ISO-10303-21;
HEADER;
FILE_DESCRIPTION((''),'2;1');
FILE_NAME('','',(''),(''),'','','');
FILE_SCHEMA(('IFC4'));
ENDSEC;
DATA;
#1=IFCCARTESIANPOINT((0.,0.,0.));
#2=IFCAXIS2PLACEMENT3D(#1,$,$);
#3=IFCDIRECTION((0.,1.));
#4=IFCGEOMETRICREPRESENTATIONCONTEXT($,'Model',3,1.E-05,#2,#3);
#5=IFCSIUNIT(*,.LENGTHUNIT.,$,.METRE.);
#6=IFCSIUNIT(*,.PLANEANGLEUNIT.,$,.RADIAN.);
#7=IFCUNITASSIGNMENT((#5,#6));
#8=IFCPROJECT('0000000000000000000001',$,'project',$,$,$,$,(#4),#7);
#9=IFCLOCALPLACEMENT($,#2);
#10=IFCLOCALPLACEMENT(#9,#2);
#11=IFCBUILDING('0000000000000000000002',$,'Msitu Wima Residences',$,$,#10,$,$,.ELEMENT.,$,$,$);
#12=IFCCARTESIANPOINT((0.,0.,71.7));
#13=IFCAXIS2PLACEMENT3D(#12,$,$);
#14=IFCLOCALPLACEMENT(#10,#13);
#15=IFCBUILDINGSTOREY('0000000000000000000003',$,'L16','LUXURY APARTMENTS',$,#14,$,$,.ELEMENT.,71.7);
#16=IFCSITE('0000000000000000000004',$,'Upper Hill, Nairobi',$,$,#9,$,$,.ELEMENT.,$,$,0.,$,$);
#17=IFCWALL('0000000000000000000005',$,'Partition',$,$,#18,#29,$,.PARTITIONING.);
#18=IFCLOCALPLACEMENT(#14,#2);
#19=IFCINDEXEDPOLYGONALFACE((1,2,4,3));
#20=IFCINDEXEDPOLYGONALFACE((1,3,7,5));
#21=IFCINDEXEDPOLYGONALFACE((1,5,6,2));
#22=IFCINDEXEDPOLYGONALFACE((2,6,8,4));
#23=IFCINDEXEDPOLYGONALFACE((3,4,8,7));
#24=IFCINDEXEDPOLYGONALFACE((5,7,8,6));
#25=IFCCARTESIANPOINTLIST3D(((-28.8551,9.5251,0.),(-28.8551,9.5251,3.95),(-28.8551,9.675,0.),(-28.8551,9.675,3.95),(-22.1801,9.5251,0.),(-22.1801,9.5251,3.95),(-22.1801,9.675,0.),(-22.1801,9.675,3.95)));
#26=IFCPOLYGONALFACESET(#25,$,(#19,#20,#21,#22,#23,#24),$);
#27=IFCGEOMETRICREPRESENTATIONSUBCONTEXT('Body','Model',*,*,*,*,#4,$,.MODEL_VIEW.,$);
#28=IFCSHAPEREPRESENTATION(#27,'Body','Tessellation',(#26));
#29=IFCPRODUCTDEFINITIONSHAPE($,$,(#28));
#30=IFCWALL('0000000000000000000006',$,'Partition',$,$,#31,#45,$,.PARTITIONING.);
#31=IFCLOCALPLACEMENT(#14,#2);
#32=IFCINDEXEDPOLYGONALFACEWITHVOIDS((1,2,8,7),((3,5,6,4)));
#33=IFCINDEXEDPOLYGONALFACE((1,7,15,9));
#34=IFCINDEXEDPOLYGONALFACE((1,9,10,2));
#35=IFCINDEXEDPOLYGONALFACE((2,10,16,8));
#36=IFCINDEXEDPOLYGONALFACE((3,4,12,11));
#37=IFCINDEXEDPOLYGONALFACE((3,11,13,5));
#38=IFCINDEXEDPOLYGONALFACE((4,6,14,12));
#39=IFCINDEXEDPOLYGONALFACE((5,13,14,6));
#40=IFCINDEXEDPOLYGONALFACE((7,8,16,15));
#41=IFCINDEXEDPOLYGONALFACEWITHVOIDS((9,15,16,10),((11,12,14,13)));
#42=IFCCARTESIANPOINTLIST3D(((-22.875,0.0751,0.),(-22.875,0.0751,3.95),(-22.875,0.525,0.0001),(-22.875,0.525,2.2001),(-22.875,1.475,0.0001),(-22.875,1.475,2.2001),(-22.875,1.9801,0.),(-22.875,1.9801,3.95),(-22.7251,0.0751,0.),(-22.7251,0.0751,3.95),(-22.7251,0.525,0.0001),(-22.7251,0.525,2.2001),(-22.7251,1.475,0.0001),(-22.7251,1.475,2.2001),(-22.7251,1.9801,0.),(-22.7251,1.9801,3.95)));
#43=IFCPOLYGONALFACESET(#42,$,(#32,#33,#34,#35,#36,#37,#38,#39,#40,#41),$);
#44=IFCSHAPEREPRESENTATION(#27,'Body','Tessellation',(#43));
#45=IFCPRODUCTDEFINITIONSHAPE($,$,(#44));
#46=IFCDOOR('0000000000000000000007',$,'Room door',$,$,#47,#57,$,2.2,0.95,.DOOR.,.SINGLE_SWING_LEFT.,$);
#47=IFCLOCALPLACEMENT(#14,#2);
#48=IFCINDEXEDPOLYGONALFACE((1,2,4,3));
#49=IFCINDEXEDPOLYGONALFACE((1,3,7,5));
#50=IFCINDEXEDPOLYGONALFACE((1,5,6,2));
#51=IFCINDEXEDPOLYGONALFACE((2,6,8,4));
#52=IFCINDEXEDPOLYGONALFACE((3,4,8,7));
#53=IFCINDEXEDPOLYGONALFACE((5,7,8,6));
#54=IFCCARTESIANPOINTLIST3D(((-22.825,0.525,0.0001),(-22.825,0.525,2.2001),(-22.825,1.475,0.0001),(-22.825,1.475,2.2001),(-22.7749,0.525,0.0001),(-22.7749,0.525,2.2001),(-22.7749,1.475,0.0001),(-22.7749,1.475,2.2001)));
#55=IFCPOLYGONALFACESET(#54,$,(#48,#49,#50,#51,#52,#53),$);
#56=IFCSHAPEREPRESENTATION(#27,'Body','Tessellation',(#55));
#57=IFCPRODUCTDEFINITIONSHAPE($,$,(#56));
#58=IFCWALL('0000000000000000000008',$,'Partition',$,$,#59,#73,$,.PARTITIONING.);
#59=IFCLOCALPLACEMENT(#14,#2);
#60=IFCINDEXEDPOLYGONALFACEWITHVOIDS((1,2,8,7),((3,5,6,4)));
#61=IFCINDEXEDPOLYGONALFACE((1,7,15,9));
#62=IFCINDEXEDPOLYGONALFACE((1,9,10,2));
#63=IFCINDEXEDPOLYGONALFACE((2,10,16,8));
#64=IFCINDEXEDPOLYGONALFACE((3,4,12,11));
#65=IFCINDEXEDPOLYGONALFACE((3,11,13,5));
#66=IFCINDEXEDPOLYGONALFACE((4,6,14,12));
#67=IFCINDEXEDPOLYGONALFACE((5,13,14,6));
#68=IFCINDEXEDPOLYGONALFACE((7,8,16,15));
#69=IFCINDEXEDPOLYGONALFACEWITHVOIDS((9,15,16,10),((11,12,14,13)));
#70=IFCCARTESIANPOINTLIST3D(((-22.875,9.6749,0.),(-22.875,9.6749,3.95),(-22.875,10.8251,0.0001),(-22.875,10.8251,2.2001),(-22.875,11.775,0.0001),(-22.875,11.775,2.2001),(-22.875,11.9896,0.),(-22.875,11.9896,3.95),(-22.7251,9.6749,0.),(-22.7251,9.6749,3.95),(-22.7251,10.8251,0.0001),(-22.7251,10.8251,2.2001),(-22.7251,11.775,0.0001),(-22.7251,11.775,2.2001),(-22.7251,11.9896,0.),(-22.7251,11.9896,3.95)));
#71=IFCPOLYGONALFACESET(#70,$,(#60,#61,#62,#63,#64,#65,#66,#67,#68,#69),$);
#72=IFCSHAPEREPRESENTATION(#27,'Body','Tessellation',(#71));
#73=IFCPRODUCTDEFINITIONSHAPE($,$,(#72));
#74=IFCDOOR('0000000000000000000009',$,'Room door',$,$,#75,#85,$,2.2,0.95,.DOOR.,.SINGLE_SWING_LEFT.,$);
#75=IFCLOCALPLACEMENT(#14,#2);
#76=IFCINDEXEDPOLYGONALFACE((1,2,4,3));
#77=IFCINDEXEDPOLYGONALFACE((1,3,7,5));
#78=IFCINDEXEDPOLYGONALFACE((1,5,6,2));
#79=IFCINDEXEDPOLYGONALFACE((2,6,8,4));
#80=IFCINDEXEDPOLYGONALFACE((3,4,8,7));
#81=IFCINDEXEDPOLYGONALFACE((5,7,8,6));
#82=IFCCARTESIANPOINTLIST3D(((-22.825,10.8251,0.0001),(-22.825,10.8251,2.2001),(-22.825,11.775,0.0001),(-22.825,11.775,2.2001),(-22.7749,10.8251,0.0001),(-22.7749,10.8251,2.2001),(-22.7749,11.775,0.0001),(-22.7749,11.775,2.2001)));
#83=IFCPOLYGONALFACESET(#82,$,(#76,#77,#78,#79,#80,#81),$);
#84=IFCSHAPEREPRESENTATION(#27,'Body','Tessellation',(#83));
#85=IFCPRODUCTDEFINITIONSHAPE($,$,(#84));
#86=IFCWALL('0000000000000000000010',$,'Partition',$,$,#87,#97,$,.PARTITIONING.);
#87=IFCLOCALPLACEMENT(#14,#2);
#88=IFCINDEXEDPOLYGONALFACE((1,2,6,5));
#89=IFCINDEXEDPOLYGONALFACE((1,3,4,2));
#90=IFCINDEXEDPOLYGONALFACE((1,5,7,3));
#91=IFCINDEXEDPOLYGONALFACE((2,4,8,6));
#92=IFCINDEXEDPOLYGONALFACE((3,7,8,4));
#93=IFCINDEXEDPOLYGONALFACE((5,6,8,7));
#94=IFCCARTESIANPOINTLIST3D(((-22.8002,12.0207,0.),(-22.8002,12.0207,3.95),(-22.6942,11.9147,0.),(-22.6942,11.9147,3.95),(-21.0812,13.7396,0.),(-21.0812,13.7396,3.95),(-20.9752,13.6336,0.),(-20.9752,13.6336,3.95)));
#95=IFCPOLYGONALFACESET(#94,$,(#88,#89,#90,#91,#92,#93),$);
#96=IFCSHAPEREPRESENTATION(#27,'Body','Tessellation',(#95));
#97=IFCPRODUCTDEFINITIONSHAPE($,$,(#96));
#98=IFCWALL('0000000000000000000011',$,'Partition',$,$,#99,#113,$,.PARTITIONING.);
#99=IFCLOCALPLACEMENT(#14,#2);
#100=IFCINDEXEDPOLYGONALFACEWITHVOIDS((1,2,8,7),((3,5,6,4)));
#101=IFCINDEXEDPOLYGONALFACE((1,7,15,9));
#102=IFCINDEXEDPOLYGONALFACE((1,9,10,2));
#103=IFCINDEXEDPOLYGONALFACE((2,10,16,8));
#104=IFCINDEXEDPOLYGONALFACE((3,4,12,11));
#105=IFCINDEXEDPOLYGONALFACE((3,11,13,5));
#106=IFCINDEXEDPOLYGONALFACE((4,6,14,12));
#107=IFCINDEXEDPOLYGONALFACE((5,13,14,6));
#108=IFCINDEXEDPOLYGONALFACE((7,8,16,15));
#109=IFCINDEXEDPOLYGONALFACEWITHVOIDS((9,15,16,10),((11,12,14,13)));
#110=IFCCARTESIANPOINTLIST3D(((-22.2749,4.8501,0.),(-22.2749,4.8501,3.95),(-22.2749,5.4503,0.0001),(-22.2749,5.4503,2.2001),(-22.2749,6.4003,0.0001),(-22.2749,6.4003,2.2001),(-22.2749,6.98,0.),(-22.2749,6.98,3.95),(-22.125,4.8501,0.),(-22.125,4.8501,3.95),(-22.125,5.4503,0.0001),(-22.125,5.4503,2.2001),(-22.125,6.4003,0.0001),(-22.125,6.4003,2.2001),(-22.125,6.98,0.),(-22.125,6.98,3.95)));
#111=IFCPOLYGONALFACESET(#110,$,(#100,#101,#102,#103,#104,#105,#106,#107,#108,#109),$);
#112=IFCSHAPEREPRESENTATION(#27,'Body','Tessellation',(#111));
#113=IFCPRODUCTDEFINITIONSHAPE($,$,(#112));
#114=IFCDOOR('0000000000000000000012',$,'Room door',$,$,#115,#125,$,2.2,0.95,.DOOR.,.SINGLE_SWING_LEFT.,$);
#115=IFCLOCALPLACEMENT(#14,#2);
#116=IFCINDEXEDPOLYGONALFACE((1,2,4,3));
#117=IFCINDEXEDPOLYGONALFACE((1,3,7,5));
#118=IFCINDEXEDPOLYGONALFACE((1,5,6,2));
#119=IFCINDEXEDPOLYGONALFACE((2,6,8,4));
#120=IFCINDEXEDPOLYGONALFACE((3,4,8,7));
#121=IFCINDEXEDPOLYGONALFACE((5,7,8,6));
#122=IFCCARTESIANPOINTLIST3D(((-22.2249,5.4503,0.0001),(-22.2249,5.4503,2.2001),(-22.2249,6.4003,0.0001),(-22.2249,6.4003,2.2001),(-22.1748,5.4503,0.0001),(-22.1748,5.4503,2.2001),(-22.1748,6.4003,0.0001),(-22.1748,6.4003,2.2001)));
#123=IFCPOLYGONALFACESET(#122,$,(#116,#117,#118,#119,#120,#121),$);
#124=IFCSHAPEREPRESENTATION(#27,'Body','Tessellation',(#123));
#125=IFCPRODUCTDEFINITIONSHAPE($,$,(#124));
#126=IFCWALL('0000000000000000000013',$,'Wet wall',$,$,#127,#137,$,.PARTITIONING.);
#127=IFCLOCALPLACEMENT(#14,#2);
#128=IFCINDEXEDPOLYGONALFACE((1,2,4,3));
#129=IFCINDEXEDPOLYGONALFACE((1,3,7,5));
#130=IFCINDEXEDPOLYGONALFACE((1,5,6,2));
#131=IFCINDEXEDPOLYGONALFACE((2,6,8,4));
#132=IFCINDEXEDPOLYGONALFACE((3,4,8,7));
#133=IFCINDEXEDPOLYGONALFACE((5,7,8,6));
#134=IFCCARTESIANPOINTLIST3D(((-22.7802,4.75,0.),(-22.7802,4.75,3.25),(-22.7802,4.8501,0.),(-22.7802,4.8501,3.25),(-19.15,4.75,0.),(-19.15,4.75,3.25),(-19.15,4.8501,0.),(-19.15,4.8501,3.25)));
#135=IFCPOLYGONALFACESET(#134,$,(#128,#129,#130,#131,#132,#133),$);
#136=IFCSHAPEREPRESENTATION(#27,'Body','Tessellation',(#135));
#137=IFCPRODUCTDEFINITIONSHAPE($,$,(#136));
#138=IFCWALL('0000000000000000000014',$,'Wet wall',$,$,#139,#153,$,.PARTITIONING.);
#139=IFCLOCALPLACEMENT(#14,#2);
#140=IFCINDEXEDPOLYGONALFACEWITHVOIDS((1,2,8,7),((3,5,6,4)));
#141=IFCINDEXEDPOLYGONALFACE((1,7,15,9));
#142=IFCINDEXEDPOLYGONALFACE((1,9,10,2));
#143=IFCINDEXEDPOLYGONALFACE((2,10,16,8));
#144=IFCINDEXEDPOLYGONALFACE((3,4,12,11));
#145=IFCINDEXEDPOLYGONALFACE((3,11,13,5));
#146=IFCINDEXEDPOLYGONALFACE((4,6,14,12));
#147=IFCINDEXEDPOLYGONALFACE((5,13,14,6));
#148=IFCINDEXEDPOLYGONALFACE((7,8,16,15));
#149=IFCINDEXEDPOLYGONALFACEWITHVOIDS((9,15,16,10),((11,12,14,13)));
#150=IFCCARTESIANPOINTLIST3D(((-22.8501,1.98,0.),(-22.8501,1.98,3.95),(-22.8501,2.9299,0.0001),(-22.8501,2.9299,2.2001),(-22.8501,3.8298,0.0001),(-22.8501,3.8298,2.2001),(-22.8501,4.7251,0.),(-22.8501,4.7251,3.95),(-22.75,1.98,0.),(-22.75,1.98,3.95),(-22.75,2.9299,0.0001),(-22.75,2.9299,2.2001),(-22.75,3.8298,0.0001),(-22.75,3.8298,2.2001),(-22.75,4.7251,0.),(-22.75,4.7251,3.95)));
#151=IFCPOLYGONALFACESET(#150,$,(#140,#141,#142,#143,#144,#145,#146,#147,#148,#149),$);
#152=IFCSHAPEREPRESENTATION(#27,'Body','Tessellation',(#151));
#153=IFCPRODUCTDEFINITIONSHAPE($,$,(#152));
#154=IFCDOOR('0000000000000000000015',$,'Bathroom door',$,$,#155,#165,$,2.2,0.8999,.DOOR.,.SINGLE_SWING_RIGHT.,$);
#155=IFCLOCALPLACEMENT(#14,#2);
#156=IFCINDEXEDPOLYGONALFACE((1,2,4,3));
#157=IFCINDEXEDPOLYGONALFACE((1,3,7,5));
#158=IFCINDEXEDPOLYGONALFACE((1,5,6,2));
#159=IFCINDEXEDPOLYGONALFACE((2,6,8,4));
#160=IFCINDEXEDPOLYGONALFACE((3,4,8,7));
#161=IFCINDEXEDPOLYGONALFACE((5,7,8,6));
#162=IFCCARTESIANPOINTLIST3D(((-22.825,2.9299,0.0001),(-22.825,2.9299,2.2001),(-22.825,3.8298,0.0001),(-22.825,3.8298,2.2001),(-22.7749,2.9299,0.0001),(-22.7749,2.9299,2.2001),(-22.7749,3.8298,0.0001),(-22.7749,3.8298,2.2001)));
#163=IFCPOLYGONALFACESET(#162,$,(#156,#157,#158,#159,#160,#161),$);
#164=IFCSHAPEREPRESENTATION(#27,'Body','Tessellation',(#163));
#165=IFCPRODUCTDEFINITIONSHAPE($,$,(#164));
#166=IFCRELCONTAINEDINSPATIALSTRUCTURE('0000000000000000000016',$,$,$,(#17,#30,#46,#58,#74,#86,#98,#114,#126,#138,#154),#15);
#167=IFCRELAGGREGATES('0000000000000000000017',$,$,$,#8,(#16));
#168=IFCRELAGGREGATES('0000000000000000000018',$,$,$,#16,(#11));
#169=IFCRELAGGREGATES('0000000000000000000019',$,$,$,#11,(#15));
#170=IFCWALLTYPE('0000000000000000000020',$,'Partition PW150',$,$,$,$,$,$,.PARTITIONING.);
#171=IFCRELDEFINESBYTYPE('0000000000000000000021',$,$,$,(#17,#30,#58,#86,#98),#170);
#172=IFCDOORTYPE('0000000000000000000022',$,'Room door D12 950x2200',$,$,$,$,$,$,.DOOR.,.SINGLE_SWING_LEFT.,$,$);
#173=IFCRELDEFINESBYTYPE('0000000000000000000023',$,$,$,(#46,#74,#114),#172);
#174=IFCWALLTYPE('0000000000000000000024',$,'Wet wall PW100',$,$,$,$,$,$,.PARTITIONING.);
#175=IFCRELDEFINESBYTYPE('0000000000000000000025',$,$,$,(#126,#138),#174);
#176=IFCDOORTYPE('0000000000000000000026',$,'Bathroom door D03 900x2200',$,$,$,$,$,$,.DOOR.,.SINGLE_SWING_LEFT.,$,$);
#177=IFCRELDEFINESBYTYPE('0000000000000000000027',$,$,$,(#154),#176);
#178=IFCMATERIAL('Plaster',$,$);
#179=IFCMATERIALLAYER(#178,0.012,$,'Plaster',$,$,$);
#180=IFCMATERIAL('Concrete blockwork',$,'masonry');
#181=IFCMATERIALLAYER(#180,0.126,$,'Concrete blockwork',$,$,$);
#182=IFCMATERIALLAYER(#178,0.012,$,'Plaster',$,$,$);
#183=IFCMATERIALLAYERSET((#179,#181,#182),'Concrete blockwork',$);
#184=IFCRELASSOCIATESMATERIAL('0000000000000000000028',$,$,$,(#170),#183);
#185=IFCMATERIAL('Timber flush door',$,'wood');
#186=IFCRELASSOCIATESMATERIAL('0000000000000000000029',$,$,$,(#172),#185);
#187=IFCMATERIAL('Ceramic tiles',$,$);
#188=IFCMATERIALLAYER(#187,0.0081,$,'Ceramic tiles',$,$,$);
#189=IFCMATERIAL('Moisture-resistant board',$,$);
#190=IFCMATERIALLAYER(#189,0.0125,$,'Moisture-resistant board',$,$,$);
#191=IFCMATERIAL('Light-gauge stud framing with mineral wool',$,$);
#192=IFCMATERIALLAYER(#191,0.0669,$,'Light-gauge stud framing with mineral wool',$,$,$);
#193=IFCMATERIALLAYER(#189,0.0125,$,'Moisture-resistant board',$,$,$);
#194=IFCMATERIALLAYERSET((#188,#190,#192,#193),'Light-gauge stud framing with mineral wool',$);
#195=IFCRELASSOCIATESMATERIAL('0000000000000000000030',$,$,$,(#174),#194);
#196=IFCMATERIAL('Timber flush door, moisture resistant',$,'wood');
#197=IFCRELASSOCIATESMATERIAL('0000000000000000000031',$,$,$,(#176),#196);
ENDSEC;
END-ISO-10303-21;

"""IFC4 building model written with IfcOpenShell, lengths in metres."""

from ifc_helpers import new_model, si_unit, direction, frame, frame_2d, origin, place, context, subcontext, project, spatial, rectangle, extrude, material, layer, layer_set, type_object, element, fill, save


model = new_model("IFC4")

# Units and contexts
model_context = context("Model", 3, precision=1e-05, world=origin(), true_north=direction((0.0, 1.0)))
body_context = subcontext(model_context, "Body", "Model", "MODEL_VIEW")
ifc_project = project(units=[si_unit("LENGTHUNIT", "METRE"), si_unit("PLANEANGLEUNIT", "RADIAN")], contexts=[model_context])

# Site, building, storey
site_placement = place(None, origin())
site = spatial("IfcSite", under=ifc_project, at=site_placement, Name="Upper Hill, Nairobi", CompositionType="ELEMENT", RefElevation=0.0)
building_placement = place(site_placement, origin())
building = spatial("IfcBuilding", under=site, at=building_placement, Name="Msitu Wima Residences", CompositionType="ELEMENT")
storey_placement = place(building_placement, frame((0.0, 0.0, 71.7)))
storey = spatial("IfcBuildingStorey", under=building, at=storey_placement, Name="L16", Description="LUXURY APARTMENTS", CompositionType="ELEMENT", Elevation=71.7)

# Wall
ifc_material_1 = material(Name="Plaster")
ifc_layer_1 = layer(ifc_material_1, 0.012, Name="Plaster")
ifc_material_2 = material(Name="Concrete blockwork", Category="masonry")
ifc_layer_2 = layer(ifc_material_2, 0.126, Name="Concrete blockwork")
ifc_layer_3 = layer(ifc_material_1, 0.012, Name="Plaster")
ifc_layer_set_1 = layer_set([ifc_layer_1, ifc_layer_2, ifc_layer_3], Name="Concrete blockwork")
wall_type_1 = type_object("IfcWallType", Name="Partition PW150", PredefinedType="PARTITIONING", material=ifc_layer_set_1)
wall_1_placement = place(storey_placement, frame((-28.855, 9.6001, 0.0), z_axis=(0.0, 0.0, 1.0), x_axis=(1.0, 0.0, 0.0)))
element("IfcWall", 1, at=wall_1_placement, inside=storey, type_object=wall_type_1, Name="Partition", PredefinedType="PARTITIONING", context=body_context, shape_type="SweptSolid", body=[
    extrude(rectangle(XDim=6.675, YDim=0.1499, at=frame_2d((3.3374, 0.0))), origin(), (0.0, 0.0, 1.0), 3.95),
])

# Walls, openings, doors
wall_2_placement = place(storey_placement, frame((-22.8, 0.075, 0.0), z_axis=(0.0, 0.0, 1.0), x_axis=(0.0, 1.0, 0.0)))
wall_2 = element("IfcWall", 2, at=wall_2_placement, inside=storey, type_object=wall_type_1, Name="Partition", PredefinedType="PARTITIONING", context=body_context, shape_type="SweptSolid", body=[
    extrude(rectangle(XDim=1.905, YDim=0.1499, at=frame_2d((0.9526, 0.0))), origin(), (0.0, 0.0, 1.0), 3.95),
])
opening_1_placement = place(wall_2_placement, frame((0.45, 0.0, 0.0)))
opening_1 = element("IfcOpeningElement", 3, at=opening_1_placement, cuts=wall_2, PredefinedType="OPENING", context=body_context, shape_type="SweptSolid", body=[
    extrude(rectangle(XDim=0.95, YDim=2.2, at=frame_2d((0.4751, 1.1001))), frame((0.0, 0.085, 0.0), z_axis=(0.0, -1.0, 0.0), x_axis=(1.0, 0.0, 0.0)), (0.0, 0.0, 1.0), 0.1699),
])
ifc_material_3 = material(Name="Timber flush door", Category="wood")
door_type_1 = type_object("IfcDoorType", Name="Room door D12 950x2200", OperationType="SINGLE_SWING_LEFT", PredefinedType="DOOR", material=ifc_material_3)
door_1_placement = place(opening_1_placement, origin())
door_1 = element("IfcDoor", 4, at=door_1_placement, inside=storey, type_object=door_type_1, Name="Room door", OperationType="SINGLE_SWING_LEFT", OverallHeight=2.2, OverallWidth=0.95, PredefinedType="DOOR", context=body_context, shape_type="SweptSolid", body=[
    extrude(rectangle(XDim=0.95, YDim=2.2, at=frame_2d((0.4751, 1.1001))), frame((0.0, 0.0249, 0.0), z_axis=(0.0, -1.0, 0.0), x_axis=(1.0, 0.0, 0.0)), (0.0, 0.0, 1.0), 0.05),
])
fill(opening_1, door_1)
wall_3_placement = place(storey_placement, frame((-22.8, 9.675, 0.0), z_axis=(0.0, 0.0, 1.0), x_axis=(0.0, 1.0, 0.0)))
wall_3 = element("IfcWall", 5, at=wall_3_placement, inside=storey, type_object=wall_type_1, Name="Partition", PredefinedType="PARTITIONING", context=body_context, shape_type="SweptSolid", body=[
    extrude(rectangle(XDim=2.3147, YDim=0.1499, at=frame_2d((1.1572, 0.0))), origin(), (0.0, 0.0, 1.0), 3.95),
])
opening_2_placement = place(wall_3_placement, frame((1.1499, 0.0, 0.0)))
opening_2 = element("IfcOpeningElement", 6, at=opening_2_placement, cuts=wall_3, PredefinedType="OPENING", context=body_context, shape_type="SweptSolid", body=[
    extrude(rectangle(XDim=0.95, YDim=2.2, at=frame_2d((0.4751, 1.1001))), frame((0.0, 0.085, 0.0), z_axis=(0.0, -1.0, 0.0), x_axis=(1.0, 0.0, 0.0)), (0.0, 0.0, 1.0), 0.1699),
])
door_2_placement = place(opening_2_placement, origin())
door_2 = element("IfcDoor", 7, at=door_2_placement, inside=storey, type_object=door_type_1, Name="Room door", OperationType="SINGLE_SWING_LEFT", OverallHeight=2.2, OverallWidth=0.95, PredefinedType="DOOR", context=body_context, shape_type="SweptSolid", body=[
    extrude(rectangle(XDim=0.95, YDim=2.2, at=frame_2d((0.4751, 1.1001))), frame((0.0, 0.0249, 0.0), z_axis=(0.0, -1.0, 0.0), x_axis=(1.0, 0.0, 0.0)), (0.0, 0.0, 1.0), 0.05),
])
fill(opening_2, door_2)

# Wall
wall_4_placement = place(storey_placement, frame((-22.7471, 11.9678, 0.0), z_axis=(0.0, 0.0, 1.0), x_axis=(0.707107, 0.707107, 0.0)))
element("IfcWall", 8, at=wall_4_placement, inside=storey, type_object=wall_type_1, Name="Partition", PredefinedType="PARTITIONING", context=body_context, shape_type="SweptSolid", body=[
    extrude(rectangle(XDim=2.4309, YDim=0.1499, at=frame_2d((1.2153, 0.0))), origin(), (0.0, 0.0, 1.0), 3.95),
])

# Wall, opening, door
wall_5_placement = place(storey_placement, frame((-22.2, 4.8501, 0.0), z_axis=(0.0, 0.0, 1.0), x_axis=(0.0, 1.0, 0.0)))
wall_5 = element("IfcWall", 9, at=wall_5_placement, inside=storey, type_object=wall_type_1, Name="Partition", PredefinedType="PARTITIONING", context=body_context, shape_type="SweptSolid", body=[
    extrude(rectangle(XDim=2.1299, YDim=0.1499, at=frame_2d((1.0649, 0.0))), origin(), (0.0, 0.0, 1.0), 3.95),
])
opening_3_placement = place(wall_5_placement, frame((0.6001, 0.0, 0.0)))
opening_3 = element("IfcOpeningElement", 10, at=opening_3_placement, cuts=wall_5, PredefinedType="OPENING", context=body_context, shape_type="SweptSolid", body=[
    extrude(rectangle(XDim=0.95, YDim=2.2, at=frame_2d((0.4751, 1.1001))), frame((0.0, 0.085, 0.0), z_axis=(0.0, -1.0, 0.0), x_axis=(1.0, 0.0, 0.0)), (0.0, 0.0, 1.0), 0.1699),
])
door_3_placement = place(opening_3_placement, origin())
door_3 = element("IfcDoor", 11, at=door_3_placement, inside=storey, type_object=door_type_1, Name="Room door", OperationType="SINGLE_SWING_LEFT", OverallHeight=2.2, OverallWidth=0.95, PredefinedType="DOOR", context=body_context, shape_type="SweptSolid", body=[
    extrude(rectangle(XDim=0.95, YDim=2.2, at=frame_2d((0.4751, 1.1001))), frame((0.0, 0.0249, 0.0), z_axis=(0.0, -1.0, 0.0), x_axis=(1.0, 0.0, 0.0)), (0.0, 0.0, 1.0), 0.05),
])
fill(opening_3, door_3)

# Wall
ifc_material_4 = material(Name="Ceramic tiles")
ifc_layer_4 = layer(ifc_material_4, 0.0081, Name="Ceramic tiles")
ifc_material_5 = material(Name="Moisture-resistant board")
ifc_layer_5 = layer(ifc_material_5, 0.0125, Name="Moisture-resistant board")
ifc_material_6 = material(Name="Light-gauge stud framing with mineral wool")
ifc_layer_6 = layer(ifc_material_6, 0.0669, Name="Light-gauge stud framing with mineral wool")
ifc_layer_7 = layer(ifc_material_5, 0.0125, Name="Moisture-resistant board")
ifc_layer_set_2 = layer_set([ifc_layer_4, ifc_layer_5, ifc_layer_6, ifc_layer_7], Name="Light-gauge stud framing with mineral wool")
wall_type_2 = type_object("IfcWallType", Name="Wet wall PW100", PredefinedType="PARTITIONING", material=ifc_layer_set_2)
wall_6_placement = place(storey_placement, frame((-22.78, 4.8, 0.0), z_axis=(0.0, 0.0, 1.0), x_axis=(1.0, 0.0, 0.0)))
element("IfcWall", 12, at=wall_6_placement, inside=storey, type_object=wall_type_2, Name="Wet wall", PredefinedType="PARTITIONING", context=body_context, shape_type="SweptSolid", body=[
    extrude(rectangle(XDim=3.6301, YDim=0.1001, at=frame_2d((1.8149, 0.0))), origin(), (0.0, 0.0, 1.0), 3.25),
])

# Wall, opening, door
wall_7_placement = place(storey_placement, frame((-22.8, 1.98, 0.0), z_axis=(0.0, 0.0, 1.0), x_axis=(0.0, 1.0, 0.0)))
wall_7 = element("IfcWall", 13, at=wall_7_placement, inside=storey, type_object=wall_type_2, Name="Wet wall", PredefinedType="PARTITIONING", context=body_context, shape_type="SweptSolid", body=[
    extrude(rectangle(XDim=2.7451, YDim=0.1001, at=frame_2d((1.3726, 0.0))), origin(), (0.0, 0.0, 1.0), 3.95),
])
opening_4_placement = place(wall_7_placement, frame((0.95, 0.0, 0.0)))
opening_4 = element("IfcOpeningElement", 14, at=opening_4_placement, cuts=wall_7, PredefinedType="OPENING", context=body_context, shape_type="SweptSolid", body=[
    extrude(rectangle(XDim=0.8999, YDim=2.2, at=frame_2d((0.45, 1.1001))), frame((0.0, 0.0601, 0.0), z_axis=(0.0, -1.0, 0.0), x_axis=(1.0, 0.0, 0.0)), (0.0, 0.0, 1.0), 0.1201),
])
ifc_material_7 = material(Name="Timber flush door, moisture resistant", Category="wood")
door_type_2 = type_object("IfcDoorType", Name="Bathroom door D03 900x2200", OperationType="SINGLE_SWING_LEFT", PredefinedType="DOOR", material=ifc_material_7)
door_4_placement = place(opening_4_placement, origin())
door_4 = element("IfcDoor", 15, at=door_4_placement, inside=storey, type_object=door_type_2, Name="Bathroom door", OperationType="SINGLE_SWING_RIGHT", OverallHeight=2.2, OverallWidth=0.8999, PredefinedType="DOOR", context=body_context, shape_type="SweptSolid", body=[
    extrude(rectangle(XDim=0.8999, YDim=2.2, at=frame_2d((0.45, 1.1001))), frame((0.0, 0.0249, 0.0), z_axis=(0.0, -1.0, 0.0), x_axis=(1.0, 0.0, 0.0)), (0.0, 0.0, 1.0), 0.05),
])
fill(opening_4, door_4)

save(model, "model.ifc")
